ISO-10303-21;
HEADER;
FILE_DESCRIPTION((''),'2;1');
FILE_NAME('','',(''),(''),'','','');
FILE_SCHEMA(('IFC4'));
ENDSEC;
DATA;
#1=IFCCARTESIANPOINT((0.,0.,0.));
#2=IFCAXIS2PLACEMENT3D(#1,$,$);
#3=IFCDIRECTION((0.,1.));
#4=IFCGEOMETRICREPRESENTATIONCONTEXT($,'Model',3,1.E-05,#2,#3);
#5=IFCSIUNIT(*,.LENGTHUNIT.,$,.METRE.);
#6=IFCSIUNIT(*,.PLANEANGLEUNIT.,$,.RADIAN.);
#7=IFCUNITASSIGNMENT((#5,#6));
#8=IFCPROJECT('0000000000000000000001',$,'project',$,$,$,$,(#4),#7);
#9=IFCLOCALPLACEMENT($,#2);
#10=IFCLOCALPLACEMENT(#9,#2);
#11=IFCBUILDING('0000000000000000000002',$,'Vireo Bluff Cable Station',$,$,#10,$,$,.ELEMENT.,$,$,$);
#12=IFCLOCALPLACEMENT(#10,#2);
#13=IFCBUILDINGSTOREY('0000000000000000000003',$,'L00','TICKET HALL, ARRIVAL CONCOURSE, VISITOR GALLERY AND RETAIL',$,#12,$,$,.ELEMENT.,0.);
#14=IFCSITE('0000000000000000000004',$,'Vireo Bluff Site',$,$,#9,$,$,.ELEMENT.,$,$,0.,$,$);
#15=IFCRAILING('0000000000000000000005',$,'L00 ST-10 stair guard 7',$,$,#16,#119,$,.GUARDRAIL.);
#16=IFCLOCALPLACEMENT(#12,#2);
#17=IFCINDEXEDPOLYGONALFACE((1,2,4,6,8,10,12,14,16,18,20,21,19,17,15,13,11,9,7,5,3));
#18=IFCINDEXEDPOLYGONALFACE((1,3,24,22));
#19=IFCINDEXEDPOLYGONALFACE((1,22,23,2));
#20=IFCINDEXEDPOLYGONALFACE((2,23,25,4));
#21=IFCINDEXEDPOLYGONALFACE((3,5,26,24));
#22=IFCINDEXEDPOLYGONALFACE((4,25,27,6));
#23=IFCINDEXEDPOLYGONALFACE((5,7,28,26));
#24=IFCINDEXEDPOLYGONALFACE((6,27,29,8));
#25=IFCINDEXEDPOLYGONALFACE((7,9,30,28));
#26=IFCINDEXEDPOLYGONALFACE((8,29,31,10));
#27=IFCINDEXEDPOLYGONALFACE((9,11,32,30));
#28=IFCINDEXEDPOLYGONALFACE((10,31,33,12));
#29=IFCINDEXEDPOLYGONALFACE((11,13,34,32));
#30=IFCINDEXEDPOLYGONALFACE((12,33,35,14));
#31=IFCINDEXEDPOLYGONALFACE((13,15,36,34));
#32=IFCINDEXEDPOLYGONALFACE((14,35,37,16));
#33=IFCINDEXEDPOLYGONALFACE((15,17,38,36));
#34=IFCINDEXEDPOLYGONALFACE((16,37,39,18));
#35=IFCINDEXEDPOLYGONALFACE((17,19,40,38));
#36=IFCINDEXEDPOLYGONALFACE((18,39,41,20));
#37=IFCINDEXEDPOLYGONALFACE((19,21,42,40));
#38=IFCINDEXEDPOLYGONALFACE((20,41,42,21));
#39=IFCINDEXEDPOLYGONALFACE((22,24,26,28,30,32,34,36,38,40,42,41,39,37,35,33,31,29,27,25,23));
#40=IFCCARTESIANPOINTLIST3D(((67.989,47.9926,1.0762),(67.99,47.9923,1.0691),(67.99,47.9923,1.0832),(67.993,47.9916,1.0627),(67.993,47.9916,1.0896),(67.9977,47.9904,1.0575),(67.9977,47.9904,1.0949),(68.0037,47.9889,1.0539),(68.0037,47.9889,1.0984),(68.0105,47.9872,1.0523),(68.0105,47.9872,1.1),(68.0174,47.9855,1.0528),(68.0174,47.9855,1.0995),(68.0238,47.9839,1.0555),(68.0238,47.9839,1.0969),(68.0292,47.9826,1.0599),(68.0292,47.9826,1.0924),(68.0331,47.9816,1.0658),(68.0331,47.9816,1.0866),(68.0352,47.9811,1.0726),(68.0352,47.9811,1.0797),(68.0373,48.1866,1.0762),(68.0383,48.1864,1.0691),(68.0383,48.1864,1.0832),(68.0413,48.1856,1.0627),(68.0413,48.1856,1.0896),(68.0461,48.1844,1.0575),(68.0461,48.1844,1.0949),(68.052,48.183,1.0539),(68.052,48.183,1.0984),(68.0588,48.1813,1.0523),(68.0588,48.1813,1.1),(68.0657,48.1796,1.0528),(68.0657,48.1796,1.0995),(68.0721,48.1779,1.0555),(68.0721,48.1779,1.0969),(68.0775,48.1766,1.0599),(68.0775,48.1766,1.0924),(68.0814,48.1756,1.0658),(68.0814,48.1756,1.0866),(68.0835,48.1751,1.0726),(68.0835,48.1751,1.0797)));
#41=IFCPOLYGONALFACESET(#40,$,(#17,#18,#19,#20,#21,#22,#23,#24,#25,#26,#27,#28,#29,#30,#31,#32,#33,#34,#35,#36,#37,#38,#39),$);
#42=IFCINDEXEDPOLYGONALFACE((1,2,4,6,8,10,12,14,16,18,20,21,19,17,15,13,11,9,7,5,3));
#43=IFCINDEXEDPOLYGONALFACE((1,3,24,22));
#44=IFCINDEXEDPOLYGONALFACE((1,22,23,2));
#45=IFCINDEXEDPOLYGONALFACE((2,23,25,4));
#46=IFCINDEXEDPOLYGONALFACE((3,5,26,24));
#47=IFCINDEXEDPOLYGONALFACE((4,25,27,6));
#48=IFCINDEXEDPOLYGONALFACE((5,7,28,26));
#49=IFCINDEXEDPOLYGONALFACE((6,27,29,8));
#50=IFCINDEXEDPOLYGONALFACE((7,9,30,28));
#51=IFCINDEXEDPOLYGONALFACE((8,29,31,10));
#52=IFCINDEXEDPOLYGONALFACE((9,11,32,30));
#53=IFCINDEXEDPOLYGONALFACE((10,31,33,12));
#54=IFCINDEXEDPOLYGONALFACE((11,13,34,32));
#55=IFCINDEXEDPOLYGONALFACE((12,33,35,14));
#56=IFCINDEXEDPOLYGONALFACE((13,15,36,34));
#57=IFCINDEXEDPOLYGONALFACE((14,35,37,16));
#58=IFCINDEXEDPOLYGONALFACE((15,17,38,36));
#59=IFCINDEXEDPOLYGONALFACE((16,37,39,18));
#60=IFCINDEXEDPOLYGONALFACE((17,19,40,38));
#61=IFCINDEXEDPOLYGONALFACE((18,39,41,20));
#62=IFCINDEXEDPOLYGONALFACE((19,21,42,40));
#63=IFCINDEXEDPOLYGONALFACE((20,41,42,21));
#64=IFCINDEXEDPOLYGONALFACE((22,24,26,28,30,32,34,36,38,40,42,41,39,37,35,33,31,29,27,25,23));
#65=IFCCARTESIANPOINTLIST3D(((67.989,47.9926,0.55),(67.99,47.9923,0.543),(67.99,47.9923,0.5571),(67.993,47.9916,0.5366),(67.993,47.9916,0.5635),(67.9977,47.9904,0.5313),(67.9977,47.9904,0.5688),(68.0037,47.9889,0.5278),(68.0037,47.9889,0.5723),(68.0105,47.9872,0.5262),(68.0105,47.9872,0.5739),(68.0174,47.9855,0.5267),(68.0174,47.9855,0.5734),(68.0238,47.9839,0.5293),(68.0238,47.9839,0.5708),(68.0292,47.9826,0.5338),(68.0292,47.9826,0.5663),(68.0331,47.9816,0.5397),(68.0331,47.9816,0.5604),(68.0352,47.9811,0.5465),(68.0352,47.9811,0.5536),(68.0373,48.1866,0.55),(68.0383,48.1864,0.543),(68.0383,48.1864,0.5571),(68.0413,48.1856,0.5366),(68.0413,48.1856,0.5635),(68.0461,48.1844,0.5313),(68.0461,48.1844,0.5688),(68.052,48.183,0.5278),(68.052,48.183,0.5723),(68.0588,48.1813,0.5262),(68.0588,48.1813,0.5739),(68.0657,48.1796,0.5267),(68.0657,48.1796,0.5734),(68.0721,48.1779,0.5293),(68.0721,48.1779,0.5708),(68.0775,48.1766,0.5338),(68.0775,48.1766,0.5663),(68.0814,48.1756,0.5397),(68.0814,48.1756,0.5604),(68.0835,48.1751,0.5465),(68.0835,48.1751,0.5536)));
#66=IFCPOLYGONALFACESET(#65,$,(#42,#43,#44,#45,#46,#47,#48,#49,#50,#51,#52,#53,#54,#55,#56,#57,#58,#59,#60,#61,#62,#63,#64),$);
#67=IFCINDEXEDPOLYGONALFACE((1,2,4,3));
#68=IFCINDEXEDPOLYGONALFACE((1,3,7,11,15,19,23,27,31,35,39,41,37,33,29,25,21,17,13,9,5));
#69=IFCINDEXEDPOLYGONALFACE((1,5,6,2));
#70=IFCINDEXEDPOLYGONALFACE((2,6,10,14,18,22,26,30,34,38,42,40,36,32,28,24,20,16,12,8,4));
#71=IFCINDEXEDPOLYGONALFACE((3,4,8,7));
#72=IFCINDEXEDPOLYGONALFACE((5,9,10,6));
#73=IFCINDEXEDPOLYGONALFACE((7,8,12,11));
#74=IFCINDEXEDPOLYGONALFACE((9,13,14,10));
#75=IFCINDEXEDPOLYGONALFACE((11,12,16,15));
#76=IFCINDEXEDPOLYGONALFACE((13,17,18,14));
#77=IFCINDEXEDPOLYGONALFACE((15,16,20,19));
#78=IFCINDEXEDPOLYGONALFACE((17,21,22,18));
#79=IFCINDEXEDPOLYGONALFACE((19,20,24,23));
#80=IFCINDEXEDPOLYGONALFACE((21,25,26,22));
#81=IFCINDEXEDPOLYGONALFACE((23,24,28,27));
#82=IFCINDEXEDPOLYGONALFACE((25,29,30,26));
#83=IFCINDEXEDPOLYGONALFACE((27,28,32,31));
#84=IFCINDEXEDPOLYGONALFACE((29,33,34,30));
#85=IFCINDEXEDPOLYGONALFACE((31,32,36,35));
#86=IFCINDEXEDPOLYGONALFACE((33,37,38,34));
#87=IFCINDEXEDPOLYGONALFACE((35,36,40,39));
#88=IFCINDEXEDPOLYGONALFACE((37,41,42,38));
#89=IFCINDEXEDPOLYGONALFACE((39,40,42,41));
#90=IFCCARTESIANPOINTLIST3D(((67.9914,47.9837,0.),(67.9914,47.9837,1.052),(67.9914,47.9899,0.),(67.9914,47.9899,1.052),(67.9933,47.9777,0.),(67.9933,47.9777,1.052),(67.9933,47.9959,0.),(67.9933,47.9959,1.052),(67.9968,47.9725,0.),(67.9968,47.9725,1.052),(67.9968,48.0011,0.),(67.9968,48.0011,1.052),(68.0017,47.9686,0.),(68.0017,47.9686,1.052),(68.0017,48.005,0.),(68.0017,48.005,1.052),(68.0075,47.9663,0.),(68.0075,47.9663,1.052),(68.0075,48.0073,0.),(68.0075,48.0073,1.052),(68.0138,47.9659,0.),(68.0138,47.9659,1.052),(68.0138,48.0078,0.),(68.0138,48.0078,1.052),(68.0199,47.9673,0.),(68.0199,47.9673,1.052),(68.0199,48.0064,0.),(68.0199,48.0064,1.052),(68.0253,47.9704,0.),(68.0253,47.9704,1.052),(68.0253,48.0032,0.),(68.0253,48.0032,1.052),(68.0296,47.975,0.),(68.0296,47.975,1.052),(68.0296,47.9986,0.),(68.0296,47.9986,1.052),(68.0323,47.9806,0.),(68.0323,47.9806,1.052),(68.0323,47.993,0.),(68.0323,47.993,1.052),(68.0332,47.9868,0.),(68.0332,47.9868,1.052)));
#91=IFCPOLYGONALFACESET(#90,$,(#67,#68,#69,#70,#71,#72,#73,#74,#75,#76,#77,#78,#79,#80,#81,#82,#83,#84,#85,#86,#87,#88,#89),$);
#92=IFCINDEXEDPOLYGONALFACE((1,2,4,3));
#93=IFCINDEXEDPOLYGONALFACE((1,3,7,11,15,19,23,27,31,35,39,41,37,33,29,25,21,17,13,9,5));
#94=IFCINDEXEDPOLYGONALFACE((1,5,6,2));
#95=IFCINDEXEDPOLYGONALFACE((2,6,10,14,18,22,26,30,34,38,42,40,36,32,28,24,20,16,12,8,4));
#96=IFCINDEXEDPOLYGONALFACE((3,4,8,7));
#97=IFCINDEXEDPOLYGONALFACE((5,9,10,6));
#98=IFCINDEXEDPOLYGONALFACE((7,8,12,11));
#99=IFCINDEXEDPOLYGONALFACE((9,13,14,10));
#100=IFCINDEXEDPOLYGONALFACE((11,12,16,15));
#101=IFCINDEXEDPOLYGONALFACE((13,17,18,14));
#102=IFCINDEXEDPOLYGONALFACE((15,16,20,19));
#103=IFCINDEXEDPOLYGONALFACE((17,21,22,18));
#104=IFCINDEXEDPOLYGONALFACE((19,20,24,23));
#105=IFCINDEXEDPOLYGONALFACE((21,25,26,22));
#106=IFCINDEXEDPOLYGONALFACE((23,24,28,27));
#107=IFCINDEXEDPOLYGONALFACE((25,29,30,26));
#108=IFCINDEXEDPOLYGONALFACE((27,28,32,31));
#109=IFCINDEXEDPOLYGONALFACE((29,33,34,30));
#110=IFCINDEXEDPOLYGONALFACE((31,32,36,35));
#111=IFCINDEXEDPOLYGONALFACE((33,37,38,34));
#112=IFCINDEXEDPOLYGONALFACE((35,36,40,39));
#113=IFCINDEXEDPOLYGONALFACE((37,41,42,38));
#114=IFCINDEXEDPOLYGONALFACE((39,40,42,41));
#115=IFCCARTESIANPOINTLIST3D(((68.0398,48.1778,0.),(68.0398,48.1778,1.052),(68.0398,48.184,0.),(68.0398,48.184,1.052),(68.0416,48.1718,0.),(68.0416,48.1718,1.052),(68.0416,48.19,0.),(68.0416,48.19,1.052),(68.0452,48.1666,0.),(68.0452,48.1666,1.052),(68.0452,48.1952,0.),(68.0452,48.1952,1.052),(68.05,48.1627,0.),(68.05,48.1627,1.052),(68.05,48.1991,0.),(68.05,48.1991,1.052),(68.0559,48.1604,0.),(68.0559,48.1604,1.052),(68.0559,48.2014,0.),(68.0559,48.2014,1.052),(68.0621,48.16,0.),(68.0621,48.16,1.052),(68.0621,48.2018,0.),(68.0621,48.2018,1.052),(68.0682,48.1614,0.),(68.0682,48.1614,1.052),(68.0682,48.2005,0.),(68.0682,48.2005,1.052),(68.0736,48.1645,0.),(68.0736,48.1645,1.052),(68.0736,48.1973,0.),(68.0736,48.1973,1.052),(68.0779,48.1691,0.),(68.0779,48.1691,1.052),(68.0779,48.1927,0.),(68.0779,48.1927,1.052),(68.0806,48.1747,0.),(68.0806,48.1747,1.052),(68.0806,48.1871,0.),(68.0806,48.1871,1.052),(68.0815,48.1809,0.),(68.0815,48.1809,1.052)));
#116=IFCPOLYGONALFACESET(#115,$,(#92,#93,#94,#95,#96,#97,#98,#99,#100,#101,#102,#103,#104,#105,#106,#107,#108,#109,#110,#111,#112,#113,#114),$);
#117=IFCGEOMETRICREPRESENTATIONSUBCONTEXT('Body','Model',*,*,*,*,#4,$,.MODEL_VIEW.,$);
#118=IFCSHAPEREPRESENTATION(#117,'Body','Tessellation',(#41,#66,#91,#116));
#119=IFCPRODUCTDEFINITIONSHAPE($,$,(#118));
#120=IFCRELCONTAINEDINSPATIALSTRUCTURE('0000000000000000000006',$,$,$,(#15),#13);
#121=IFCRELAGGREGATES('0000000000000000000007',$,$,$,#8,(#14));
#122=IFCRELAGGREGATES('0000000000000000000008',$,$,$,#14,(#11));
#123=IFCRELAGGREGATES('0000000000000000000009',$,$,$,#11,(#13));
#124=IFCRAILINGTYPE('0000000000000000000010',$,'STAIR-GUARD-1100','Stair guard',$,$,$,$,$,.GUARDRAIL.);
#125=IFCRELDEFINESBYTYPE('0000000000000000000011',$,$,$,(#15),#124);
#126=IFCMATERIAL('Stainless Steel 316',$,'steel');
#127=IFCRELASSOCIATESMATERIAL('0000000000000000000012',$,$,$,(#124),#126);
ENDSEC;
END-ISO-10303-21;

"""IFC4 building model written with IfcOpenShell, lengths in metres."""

from ifc_helpers import new_model, si_unit, direction, frame, origin, origin_2d, place, context, subcontext, project, spatial, circle, extrude, material, type_object, element, save


model = new_model("IFC4")

# Units and contexts
model_context = context("Model", 3, precision=1e-05, world=origin(), true_north=direction((0.0, 1.0)))
body_context = subcontext(model_context, "Body", "Model", "MODEL_VIEW")
ifc_project = project(units=[si_unit("LENGTHUNIT", "METRE"), si_unit("PLANEANGLEUNIT", "RADIAN")], contexts=[model_context])

# Site, building, storey
site_placement = place(None, origin())
site = spatial("IfcSite", under=ifc_project, at=site_placement, Name="Vireo Bluff Site", CompositionType="ELEMENT", RefElevation=0.0)
building_placement = place(site_placement, origin())
building = spatial("IfcBuilding", under=site, at=building_placement, Name="Vireo Bluff Cable Station", CompositionType="ELEMENT")
storey_placement = place(building_placement, origin())
storey = spatial("IfcBuildingStorey", under=building, at=storey_placement, Name="L00", Description="TICKET HALL, ARRIVAL CONCOURSE, VISITOR GALLERY AND RETAIL", CompositionType="ELEMENT", Elevation=0.0)

# Railing
ifc_material_1 = material(Name="Stainless Steel 316", Category="steel")
railing_type_1 = type_object("IfcRailingType", Name="STAIR-GUARD-1100", Description="Stair guard", PredefinedType="GUARDRAIL", material=ifc_material_1)
railing_1_placement = place(storey_placement, frame((68.0122, 47.9868, 0.0)))
element("IfcRailing", 1, at=railing_1_placement, inside=storey, type_object=railing_type_1, Name="L00 ST-10 stair guard 7", PredefinedType="GUARDRAIL", context=body_context, shape_type="SweptSolid", body=[
    extrude(circle(Radius=0.0239, at=origin_2d()), frame((0.0, 0.0, 1.0762), z_axis=(0.241674, 0.970358, 0.0), x_axis=(-0.970358, 0.241674, 0.0)), (0.0, 0.0, 1.0), 0.2),
    extrude(circle(Radius=0.0239, at=origin_2d()), frame((0.0, 0.0, 0.55), z_axis=(0.241674, 0.970358, 0.0), x_axis=(-0.970358, 0.241674, 0.0)), (0.0, 0.0, 1.0), 0.2),
    extrude(circle(Radius=0.021, at=origin_2d()), origin(), (0.0, 0.0, 1.0), 1.052),
    extrude(circle(Radius=0.021, at=origin_2d()), frame((0.0483, 0.1941, 0.0)), (0.0, 0.0, 1.0), 1.052),
])

save(model, "model.ifc")
